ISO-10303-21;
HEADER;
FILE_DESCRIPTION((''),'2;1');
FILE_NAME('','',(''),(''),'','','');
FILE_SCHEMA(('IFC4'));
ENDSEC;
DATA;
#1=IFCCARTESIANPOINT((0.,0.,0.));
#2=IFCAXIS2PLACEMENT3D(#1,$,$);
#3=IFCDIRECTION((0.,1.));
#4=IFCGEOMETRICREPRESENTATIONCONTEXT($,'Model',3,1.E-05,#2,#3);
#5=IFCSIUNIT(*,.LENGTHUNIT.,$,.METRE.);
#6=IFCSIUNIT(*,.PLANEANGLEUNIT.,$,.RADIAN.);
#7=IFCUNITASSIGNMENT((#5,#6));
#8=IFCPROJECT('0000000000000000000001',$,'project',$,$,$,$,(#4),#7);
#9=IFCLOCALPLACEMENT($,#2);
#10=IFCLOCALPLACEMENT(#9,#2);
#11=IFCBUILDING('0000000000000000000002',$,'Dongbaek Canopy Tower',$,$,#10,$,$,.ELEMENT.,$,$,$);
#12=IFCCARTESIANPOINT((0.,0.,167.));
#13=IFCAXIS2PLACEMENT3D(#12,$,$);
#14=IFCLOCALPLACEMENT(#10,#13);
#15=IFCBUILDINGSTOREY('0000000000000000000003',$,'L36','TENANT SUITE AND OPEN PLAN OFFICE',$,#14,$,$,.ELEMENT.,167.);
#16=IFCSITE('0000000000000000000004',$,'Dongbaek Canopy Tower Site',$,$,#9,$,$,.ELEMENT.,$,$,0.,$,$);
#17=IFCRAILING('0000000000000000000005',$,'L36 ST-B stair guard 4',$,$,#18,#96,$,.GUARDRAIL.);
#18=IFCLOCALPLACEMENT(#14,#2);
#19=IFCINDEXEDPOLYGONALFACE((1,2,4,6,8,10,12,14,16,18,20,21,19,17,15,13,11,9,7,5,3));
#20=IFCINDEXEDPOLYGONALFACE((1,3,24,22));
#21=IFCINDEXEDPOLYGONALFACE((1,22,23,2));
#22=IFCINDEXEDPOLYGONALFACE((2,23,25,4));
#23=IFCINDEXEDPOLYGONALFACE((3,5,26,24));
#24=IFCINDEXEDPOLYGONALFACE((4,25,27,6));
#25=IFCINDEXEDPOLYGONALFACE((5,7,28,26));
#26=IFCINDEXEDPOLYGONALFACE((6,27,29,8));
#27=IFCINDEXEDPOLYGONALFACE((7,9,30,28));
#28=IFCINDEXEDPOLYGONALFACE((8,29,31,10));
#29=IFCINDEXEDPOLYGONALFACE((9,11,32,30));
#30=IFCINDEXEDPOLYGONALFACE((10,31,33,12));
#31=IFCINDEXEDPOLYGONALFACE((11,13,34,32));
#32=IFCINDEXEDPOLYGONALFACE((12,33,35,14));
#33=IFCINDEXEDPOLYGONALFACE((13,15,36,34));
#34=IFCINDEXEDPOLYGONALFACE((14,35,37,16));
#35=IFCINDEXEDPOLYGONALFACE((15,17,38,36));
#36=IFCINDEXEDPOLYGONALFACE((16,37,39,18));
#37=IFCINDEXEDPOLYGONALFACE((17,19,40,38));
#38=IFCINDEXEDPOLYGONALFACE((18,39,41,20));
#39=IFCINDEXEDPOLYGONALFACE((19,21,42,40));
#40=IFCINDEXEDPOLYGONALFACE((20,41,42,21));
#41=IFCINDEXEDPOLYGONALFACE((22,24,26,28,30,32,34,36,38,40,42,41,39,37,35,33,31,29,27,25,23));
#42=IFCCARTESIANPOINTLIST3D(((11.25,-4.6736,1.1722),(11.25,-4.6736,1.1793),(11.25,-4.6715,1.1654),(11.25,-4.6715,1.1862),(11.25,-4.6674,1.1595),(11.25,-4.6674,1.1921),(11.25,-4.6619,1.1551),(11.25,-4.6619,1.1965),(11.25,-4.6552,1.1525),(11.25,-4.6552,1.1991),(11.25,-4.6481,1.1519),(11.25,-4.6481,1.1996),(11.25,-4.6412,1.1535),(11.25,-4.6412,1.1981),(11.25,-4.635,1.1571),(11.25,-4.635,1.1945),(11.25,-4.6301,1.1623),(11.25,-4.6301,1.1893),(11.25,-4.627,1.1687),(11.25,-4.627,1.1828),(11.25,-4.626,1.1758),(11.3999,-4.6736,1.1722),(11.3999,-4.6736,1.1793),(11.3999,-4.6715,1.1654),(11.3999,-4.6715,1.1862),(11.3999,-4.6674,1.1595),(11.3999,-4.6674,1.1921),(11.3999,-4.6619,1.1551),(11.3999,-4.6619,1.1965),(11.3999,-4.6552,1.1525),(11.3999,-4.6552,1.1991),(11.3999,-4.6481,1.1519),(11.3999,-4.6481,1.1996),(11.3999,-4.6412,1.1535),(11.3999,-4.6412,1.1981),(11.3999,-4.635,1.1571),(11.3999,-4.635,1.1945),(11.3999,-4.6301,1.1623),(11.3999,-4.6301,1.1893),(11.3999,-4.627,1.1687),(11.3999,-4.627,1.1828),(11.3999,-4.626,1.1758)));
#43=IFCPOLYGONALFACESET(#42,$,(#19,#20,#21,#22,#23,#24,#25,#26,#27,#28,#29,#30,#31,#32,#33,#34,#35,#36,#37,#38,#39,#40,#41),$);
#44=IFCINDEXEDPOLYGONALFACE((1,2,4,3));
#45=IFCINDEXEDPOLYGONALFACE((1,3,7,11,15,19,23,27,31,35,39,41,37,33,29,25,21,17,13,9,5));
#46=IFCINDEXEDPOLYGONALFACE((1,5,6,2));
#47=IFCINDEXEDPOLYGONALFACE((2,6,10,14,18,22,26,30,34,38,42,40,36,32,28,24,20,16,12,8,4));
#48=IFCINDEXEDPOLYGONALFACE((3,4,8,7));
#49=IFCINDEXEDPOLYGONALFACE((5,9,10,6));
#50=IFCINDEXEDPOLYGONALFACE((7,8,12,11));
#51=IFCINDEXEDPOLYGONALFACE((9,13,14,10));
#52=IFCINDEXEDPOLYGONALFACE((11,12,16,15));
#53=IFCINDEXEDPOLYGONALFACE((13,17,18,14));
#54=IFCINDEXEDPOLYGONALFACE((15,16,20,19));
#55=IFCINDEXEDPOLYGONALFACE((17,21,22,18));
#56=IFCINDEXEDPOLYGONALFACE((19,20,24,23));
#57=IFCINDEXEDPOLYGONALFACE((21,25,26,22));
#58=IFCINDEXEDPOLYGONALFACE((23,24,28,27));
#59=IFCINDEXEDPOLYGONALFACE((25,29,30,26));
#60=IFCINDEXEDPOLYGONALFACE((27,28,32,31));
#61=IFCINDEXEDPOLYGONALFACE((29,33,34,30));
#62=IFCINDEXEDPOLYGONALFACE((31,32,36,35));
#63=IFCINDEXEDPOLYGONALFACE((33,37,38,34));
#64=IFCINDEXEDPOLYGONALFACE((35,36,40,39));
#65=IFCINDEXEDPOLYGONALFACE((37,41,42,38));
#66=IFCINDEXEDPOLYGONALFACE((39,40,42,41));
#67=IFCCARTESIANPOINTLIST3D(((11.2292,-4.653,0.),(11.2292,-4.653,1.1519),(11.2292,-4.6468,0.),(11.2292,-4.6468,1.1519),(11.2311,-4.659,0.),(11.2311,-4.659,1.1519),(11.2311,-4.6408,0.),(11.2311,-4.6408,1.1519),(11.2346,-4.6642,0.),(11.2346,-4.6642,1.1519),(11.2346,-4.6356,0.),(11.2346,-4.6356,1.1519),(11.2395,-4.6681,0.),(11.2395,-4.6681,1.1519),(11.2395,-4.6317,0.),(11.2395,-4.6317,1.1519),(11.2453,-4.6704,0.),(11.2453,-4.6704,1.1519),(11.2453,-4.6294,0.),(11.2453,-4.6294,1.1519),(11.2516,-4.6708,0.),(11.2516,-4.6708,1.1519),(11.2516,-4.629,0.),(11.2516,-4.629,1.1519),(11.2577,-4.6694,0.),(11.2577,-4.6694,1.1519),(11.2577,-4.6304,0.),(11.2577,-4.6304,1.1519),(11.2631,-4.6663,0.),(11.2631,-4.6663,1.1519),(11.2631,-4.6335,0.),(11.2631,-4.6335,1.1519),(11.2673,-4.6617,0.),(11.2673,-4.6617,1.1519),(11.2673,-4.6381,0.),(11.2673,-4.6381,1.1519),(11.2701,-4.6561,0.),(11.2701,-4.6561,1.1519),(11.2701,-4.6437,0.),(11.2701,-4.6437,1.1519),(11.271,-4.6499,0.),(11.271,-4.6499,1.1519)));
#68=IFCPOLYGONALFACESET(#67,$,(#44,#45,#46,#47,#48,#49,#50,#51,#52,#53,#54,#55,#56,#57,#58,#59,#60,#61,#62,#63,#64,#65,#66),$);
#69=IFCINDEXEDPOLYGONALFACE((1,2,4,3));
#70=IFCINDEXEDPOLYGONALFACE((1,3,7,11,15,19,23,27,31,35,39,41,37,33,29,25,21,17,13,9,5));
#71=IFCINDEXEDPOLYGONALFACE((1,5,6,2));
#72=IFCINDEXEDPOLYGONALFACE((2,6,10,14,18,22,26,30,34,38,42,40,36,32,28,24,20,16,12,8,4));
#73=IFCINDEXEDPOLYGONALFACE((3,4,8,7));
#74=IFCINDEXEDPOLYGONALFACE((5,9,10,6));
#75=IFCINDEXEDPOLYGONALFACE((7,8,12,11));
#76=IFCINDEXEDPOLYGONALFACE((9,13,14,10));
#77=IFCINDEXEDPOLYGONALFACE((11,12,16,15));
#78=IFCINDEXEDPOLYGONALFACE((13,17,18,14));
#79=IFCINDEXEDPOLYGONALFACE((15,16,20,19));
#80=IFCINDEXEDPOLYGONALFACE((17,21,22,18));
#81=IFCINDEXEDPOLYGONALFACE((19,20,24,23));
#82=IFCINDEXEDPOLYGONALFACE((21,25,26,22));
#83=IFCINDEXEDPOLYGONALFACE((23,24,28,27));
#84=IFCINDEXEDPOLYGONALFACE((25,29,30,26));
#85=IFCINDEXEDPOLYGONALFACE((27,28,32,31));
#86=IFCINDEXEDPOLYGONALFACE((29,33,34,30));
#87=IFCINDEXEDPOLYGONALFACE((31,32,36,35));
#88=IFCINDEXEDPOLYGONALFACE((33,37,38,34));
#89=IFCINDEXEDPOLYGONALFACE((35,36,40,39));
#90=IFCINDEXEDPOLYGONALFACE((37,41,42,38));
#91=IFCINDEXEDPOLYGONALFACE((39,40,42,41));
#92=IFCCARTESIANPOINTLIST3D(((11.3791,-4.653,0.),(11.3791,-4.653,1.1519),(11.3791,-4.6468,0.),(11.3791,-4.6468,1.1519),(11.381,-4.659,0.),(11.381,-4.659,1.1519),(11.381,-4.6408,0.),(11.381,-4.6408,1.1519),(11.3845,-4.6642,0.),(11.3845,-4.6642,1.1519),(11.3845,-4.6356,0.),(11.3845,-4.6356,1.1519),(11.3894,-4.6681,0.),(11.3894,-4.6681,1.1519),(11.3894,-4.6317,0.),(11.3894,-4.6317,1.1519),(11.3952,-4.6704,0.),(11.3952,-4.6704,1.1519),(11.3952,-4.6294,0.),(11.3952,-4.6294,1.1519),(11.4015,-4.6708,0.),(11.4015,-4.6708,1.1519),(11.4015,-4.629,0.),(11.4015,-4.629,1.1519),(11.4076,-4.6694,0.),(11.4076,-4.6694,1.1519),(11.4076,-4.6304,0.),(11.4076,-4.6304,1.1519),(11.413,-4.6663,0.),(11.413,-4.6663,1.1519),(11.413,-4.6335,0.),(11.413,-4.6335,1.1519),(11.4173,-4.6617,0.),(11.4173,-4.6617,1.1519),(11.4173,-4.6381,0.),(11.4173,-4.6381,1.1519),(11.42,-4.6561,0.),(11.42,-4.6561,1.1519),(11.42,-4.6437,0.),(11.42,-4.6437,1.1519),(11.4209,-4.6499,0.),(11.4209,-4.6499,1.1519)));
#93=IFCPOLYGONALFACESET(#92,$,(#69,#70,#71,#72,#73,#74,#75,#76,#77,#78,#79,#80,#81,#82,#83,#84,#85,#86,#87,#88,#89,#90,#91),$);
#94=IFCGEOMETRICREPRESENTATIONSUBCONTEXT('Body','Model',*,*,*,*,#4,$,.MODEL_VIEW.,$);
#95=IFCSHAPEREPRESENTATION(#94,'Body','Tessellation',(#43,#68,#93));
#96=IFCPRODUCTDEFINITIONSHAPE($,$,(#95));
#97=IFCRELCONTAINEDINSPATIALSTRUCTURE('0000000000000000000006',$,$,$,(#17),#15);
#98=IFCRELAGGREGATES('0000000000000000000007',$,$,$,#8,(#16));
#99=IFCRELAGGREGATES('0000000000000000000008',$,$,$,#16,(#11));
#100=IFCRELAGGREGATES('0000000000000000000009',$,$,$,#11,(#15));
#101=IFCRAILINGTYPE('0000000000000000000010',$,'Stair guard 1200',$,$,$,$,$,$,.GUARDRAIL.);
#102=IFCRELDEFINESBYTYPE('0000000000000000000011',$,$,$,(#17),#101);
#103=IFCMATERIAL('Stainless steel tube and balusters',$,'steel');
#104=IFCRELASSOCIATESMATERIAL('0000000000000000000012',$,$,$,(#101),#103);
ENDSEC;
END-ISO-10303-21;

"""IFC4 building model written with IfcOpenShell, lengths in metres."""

from ifc_helpers import new_model, si_unit, direction, frame, origin, origin_2d, place, context, subcontext, project, spatial, circle, extrude, material, type_object, element, save


model = new_model("IFC4")

# Units and contexts
model_context = context("Model", 3, precision=1e-05, world=origin(), true_north=direction((0.0, 1.0)))
body_context = subcontext(model_context, "Body", "Model", "MODEL_VIEW")
ifc_project = project(units=[si_unit("LENGTHUNIT", "METRE"), si_unit("PLANEANGLEUNIT", "RADIAN")], contexts=[model_context])

# Site, building, storey
site_placement = place(None, origin())
site = spatial("IfcSite", under=ifc_project, at=site_placement, Name="Dongbaek Canopy Tower Site", CompositionType="ELEMENT", RefElevation=0.0)
building_placement = place(site_placement, origin())
building = spatial("IfcBuilding", under=site, at=building_placement, Name="Dongbaek Canopy Tower", CompositionType="ELEMENT")
storey_placement = place(building_placement, frame((0.0, 0.0, 167.0)))
storey = spatial("IfcBuildingStorey", under=building, at=storey_placement, Name="L36", Description="TENANT SUITE AND OPEN PLAN OFFICE", CompositionType="ELEMENT", Elevation=167.0)

# Railing
ifc_material_1 = material(Name="Stainless steel tube and balusters", Category="steel")
railing_type_1 = type_object("IfcRailingType", Name="Stair guard 1200", PredefinedType="GUARDRAIL", material=ifc_material_1)
railing_1_placement = place(storey_placement, frame((11.25, -4.6499, 0.0)))
element("IfcRailing", 1, at=railing_1_placement, inside=storey, type_object=railing_type_1, Name="L36 ST-B stair guard 4", PredefinedType="GUARDRAIL", context=body_context, shape_type="SweptSolid", body=[
    extrude(circle(Radius=0.0239, at=origin_2d()), frame((0.0, 0.0, 1.1758), z_axis=(1.0, 0.0, 0.0), x_axis=(0.0, 1.0, 0.0)), (0.0, 0.0, 1.0), 0.1499),
    extrude(circle(Radius=0.021, at=origin_2d()), origin(), (0.0, 0.0, 1.0), 1.1519),
    extrude(circle(Radius=0.021, at=origin_2d()), frame((0.1499, 0.0, 0.0)), (0.0, 0.0, 1.0), 1.1519),
])

save(model, "model.ifc")
